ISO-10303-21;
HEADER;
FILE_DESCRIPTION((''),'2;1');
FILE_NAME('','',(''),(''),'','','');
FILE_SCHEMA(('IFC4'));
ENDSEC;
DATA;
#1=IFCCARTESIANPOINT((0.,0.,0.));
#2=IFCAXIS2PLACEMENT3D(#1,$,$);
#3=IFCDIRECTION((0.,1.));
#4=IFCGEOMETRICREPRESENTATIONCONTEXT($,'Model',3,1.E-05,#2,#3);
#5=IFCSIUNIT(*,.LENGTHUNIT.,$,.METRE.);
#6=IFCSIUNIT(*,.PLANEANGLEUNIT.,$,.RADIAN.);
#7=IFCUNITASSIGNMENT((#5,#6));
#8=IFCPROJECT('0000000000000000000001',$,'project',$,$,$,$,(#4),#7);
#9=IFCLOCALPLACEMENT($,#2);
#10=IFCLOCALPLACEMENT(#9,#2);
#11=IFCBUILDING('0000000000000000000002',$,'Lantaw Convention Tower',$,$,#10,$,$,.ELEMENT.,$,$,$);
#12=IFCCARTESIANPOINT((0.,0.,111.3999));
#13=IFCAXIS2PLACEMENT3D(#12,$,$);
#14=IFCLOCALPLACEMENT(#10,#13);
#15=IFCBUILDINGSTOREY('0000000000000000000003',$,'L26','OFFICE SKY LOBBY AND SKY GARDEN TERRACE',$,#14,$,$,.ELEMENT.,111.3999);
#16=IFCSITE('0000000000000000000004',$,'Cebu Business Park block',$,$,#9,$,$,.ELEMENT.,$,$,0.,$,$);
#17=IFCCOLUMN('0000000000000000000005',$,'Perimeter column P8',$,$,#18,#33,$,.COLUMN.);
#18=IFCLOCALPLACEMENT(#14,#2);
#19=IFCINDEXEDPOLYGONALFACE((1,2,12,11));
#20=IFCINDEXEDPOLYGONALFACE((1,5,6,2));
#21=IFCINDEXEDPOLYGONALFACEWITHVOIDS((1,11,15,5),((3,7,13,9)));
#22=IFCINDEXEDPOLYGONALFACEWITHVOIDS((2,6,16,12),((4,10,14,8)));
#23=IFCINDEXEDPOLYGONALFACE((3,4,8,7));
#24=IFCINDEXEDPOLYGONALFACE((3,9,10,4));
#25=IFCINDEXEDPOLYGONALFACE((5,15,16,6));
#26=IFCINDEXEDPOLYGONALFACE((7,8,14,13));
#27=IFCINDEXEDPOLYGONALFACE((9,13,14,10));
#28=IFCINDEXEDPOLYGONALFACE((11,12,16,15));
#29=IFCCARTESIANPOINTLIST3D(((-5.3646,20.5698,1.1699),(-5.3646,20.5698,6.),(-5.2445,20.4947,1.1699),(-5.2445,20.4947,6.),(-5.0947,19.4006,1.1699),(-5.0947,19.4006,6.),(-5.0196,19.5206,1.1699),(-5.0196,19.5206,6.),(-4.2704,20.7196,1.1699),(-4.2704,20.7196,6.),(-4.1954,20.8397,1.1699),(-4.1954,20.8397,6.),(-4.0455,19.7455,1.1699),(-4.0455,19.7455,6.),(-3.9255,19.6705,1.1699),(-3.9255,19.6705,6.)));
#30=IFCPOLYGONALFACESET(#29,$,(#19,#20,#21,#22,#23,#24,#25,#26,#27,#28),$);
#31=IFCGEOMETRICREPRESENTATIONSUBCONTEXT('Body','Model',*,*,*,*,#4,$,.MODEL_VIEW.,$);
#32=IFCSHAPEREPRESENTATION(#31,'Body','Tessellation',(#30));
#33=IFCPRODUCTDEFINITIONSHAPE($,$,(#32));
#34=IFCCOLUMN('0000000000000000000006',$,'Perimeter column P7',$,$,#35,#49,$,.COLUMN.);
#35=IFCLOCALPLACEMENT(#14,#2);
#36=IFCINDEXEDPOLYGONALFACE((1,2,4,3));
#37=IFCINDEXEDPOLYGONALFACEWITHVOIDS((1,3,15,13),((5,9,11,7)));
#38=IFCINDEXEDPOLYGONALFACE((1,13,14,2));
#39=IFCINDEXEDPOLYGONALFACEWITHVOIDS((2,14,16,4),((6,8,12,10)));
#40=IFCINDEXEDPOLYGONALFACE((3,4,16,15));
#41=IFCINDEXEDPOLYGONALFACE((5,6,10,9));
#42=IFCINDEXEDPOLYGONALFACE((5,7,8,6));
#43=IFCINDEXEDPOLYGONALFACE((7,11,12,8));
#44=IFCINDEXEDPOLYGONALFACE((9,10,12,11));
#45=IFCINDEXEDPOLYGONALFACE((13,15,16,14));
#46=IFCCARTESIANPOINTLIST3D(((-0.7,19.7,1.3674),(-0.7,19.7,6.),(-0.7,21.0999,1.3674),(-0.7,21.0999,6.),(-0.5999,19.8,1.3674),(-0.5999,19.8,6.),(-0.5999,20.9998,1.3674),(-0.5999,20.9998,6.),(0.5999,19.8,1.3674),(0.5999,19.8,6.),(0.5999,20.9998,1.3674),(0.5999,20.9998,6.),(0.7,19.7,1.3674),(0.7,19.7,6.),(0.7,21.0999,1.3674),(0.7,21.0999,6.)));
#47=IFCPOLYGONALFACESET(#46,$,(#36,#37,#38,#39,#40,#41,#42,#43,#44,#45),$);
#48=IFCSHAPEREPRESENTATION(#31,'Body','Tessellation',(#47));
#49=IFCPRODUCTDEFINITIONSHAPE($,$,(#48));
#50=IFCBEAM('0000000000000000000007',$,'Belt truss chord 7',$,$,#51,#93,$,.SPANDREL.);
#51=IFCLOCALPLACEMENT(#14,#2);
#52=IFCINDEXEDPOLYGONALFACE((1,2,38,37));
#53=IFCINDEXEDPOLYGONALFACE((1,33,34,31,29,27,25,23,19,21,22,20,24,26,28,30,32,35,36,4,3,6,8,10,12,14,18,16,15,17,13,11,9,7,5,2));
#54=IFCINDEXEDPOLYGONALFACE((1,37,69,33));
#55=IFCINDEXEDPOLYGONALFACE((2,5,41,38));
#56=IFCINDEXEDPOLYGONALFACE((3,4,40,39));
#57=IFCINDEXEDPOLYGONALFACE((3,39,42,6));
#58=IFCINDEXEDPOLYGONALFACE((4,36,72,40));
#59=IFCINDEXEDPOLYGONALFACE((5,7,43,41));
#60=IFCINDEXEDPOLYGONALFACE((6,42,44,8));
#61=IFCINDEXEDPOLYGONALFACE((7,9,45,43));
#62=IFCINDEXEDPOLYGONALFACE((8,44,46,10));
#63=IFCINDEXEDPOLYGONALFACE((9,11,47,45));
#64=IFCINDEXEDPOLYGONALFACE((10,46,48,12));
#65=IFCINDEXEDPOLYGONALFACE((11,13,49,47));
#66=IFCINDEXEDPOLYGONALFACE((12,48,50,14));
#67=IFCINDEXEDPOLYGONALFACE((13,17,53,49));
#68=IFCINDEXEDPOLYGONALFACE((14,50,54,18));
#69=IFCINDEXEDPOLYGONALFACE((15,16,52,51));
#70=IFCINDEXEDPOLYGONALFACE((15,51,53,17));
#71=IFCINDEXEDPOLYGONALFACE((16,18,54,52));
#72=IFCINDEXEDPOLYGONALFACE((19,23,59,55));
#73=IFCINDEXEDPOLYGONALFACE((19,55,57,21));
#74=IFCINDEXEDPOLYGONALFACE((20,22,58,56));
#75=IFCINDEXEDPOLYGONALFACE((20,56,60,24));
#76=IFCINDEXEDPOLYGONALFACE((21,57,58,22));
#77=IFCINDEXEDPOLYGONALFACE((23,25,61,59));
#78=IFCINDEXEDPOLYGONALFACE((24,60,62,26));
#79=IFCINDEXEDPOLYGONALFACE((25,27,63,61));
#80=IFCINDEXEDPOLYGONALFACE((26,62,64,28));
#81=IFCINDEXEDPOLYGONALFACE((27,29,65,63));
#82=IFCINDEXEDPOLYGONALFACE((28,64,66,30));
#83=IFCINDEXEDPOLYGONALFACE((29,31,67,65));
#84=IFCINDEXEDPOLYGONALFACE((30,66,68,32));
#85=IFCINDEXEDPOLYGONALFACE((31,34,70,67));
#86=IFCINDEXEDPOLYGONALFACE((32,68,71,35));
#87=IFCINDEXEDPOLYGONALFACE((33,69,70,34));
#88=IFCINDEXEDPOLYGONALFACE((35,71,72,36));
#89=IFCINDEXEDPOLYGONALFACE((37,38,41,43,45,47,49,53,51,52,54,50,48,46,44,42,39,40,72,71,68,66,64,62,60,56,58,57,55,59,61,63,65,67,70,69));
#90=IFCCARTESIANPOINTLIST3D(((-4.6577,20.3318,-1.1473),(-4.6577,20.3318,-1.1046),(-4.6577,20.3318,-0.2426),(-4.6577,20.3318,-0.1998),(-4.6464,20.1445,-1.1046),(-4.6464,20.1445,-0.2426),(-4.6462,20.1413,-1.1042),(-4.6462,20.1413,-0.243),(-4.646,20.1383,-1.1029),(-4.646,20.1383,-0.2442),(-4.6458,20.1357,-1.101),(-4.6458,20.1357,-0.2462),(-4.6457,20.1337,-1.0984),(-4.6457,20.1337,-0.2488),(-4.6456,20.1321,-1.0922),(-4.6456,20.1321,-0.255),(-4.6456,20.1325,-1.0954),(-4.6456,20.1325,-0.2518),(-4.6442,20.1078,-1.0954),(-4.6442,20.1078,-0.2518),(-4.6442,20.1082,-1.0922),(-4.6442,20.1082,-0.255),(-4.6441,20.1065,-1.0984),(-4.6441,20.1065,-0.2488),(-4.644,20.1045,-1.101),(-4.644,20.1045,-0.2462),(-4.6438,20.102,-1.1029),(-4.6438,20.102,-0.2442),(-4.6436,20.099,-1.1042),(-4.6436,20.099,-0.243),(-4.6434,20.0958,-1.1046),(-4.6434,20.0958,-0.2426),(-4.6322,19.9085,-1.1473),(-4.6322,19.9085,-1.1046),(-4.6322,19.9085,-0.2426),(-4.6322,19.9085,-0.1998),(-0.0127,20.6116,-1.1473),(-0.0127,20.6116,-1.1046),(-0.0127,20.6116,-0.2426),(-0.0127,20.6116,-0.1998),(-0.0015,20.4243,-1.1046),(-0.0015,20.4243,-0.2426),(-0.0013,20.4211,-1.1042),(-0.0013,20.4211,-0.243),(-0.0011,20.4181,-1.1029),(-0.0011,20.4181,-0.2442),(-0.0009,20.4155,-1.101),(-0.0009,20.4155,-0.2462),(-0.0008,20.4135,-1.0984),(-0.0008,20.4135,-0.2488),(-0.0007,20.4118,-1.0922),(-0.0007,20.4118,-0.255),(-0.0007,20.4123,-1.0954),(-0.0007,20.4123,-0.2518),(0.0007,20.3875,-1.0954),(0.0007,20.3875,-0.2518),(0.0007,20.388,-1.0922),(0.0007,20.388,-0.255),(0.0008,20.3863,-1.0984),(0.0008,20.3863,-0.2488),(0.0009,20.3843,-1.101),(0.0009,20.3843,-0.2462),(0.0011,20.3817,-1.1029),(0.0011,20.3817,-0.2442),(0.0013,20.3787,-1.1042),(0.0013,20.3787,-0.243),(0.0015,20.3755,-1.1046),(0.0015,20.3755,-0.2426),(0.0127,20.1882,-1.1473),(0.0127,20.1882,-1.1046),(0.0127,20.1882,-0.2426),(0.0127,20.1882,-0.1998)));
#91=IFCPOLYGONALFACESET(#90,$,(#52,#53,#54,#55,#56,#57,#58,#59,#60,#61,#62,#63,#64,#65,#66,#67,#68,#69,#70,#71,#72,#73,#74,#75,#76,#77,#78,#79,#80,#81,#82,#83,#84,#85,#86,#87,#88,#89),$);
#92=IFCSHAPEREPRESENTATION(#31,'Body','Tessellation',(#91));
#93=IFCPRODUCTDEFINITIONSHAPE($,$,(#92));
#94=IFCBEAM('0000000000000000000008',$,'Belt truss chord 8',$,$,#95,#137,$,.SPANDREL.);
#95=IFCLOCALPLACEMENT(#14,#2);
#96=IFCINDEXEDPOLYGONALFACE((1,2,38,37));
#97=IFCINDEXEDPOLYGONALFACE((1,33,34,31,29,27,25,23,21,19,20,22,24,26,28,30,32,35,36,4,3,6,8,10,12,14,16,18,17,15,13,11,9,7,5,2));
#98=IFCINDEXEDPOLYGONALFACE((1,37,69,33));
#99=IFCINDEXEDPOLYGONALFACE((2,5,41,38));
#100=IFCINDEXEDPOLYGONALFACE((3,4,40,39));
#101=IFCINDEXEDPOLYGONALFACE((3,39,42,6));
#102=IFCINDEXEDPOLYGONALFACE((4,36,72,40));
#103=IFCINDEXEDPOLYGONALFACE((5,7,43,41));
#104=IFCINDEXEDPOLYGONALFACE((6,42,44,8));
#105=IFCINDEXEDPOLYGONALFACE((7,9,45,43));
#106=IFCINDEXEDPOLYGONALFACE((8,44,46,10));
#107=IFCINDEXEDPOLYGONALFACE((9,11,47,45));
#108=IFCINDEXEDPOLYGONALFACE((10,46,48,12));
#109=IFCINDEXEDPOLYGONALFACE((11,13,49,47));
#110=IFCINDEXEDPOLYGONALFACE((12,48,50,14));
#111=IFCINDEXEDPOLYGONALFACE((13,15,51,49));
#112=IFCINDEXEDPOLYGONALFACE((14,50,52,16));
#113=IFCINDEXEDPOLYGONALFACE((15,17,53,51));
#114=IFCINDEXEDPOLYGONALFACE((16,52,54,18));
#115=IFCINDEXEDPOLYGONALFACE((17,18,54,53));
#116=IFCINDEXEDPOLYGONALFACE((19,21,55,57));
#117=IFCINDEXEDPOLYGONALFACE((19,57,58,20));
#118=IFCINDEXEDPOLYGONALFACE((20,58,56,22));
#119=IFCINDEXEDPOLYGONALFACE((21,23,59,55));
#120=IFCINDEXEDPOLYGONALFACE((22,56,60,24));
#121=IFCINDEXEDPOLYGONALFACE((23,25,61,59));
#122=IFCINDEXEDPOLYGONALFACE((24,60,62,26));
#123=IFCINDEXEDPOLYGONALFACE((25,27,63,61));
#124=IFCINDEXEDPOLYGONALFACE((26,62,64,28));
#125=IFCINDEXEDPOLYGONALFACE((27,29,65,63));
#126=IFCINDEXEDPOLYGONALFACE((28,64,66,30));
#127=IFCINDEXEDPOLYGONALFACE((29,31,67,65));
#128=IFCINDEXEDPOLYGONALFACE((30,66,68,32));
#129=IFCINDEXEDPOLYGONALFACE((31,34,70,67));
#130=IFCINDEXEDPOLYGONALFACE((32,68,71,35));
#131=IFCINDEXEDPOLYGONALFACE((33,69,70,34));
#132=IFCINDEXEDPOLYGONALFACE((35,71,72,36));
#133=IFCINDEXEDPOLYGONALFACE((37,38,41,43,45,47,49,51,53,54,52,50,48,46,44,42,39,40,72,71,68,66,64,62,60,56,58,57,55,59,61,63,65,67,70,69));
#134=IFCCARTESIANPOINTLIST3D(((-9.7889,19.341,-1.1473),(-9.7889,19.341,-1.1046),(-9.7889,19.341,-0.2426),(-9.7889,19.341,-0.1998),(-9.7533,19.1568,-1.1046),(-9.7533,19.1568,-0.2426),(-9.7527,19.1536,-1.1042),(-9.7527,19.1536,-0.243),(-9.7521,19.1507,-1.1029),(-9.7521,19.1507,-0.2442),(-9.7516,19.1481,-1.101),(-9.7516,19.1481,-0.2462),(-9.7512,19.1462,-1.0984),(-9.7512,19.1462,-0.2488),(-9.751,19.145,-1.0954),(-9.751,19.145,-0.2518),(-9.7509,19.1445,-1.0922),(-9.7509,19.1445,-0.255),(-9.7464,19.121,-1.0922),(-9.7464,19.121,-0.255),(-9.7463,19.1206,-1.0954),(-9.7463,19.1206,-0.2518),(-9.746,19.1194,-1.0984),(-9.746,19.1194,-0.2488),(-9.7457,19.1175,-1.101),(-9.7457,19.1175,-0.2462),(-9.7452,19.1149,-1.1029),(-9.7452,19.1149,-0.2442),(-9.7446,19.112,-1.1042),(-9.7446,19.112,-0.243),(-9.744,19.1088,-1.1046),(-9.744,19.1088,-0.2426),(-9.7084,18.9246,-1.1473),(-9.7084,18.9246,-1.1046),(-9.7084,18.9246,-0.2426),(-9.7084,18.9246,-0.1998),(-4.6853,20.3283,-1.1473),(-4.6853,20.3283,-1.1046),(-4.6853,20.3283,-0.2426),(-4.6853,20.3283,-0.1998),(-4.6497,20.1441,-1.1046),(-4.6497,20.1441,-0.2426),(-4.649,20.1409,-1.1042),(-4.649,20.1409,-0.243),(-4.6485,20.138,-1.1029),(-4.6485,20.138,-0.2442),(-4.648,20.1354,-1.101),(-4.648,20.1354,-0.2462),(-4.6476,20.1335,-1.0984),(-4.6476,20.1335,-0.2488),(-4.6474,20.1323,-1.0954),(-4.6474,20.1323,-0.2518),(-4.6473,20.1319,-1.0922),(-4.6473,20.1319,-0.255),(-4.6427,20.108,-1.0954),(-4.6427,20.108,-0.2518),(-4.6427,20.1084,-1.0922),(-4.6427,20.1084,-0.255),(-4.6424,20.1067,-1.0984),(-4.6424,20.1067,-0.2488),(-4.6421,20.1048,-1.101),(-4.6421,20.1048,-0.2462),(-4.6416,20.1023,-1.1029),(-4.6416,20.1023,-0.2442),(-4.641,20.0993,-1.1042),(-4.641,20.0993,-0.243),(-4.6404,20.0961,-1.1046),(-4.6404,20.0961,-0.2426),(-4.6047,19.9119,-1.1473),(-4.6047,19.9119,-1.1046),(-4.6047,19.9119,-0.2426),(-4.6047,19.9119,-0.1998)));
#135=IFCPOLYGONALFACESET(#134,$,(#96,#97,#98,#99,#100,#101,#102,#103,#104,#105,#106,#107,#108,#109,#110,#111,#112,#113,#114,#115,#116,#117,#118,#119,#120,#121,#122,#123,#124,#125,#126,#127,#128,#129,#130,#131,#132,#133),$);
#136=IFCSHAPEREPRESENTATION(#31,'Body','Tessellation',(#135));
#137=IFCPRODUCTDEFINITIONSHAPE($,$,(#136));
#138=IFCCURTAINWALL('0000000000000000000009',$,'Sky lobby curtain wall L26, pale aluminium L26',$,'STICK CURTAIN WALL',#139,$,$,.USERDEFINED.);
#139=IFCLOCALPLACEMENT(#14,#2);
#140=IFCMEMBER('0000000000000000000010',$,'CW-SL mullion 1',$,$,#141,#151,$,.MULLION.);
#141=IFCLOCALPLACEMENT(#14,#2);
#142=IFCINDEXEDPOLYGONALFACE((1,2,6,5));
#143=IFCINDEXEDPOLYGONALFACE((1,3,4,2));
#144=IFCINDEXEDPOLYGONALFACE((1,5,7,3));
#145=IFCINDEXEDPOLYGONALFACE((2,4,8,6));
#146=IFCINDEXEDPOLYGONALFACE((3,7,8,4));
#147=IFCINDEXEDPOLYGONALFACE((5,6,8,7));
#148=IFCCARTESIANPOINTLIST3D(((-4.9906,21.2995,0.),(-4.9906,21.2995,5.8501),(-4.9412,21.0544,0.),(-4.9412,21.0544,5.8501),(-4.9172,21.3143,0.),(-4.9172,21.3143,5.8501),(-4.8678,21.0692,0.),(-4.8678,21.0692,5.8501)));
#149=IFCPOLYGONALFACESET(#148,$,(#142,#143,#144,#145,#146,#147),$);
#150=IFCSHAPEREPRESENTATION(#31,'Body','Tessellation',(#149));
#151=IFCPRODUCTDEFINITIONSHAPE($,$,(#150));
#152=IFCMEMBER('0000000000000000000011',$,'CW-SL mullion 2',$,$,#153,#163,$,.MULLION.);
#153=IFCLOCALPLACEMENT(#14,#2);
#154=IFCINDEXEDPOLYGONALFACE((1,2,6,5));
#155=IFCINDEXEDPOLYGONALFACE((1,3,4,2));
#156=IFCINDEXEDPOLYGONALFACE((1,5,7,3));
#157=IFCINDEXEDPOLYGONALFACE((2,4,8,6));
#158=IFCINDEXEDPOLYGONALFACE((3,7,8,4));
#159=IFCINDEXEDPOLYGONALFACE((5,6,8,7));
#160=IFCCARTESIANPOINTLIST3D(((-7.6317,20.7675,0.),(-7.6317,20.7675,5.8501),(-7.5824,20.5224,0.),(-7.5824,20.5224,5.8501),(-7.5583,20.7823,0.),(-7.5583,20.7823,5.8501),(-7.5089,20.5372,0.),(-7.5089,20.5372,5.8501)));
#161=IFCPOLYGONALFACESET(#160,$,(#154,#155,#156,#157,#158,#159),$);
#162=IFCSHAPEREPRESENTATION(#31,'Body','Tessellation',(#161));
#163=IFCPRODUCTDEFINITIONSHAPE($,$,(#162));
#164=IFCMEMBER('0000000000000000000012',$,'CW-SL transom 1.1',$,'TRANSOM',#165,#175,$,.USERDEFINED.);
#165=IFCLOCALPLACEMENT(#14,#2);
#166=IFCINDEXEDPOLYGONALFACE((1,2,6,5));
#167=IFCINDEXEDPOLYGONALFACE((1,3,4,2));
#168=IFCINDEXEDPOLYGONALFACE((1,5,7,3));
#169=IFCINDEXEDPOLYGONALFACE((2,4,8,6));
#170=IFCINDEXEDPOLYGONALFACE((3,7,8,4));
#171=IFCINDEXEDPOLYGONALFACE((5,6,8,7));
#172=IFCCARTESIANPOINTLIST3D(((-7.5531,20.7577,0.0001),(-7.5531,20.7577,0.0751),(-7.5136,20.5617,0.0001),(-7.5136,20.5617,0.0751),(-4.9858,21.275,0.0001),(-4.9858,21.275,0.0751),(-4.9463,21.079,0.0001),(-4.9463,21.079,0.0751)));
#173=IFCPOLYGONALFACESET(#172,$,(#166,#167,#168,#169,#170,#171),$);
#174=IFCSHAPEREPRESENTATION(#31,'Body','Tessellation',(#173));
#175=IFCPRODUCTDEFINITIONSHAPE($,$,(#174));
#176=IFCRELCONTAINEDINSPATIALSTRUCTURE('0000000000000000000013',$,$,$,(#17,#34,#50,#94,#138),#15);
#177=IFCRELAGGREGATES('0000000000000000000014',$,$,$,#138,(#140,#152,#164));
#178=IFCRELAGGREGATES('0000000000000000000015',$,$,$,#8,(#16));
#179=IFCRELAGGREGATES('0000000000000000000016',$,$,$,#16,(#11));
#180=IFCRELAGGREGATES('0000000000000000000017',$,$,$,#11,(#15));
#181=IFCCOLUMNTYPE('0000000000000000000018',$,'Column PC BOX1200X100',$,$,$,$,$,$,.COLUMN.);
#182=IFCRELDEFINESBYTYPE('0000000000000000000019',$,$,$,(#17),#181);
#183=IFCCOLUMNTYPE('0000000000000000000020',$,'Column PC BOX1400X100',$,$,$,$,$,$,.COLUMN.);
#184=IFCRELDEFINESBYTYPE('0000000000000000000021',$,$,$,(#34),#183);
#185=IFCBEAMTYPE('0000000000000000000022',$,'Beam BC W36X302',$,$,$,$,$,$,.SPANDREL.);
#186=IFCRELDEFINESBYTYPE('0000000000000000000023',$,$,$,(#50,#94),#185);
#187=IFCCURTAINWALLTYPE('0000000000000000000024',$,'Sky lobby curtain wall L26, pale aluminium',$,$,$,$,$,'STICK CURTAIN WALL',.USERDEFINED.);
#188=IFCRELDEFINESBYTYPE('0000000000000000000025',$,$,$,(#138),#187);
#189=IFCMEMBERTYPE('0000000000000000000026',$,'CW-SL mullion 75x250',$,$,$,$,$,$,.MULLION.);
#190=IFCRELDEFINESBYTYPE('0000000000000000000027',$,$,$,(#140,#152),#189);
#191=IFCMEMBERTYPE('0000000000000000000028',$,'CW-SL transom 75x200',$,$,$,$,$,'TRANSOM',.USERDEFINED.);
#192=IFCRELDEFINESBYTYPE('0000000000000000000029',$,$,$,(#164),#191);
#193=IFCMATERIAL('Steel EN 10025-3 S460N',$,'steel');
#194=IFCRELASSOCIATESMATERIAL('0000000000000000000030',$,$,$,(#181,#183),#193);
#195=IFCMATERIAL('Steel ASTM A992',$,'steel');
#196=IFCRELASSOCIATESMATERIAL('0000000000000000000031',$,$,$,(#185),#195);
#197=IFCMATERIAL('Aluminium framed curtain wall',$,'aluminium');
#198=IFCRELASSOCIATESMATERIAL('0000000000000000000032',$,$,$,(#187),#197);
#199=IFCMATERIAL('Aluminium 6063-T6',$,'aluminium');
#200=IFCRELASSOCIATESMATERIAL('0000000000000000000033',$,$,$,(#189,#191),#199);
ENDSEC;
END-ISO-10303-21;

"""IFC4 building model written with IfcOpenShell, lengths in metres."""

from ifc_helpers import new_model, si_unit, direction, frame, origin, origin_2d, place, context, subcontext, project, spatial, rectangle, hollow_rectangle, i_section, extrude, material, material_profile, profile_set, type_object, element, aggregate, save


model = new_model("IFC4")

# Units and contexts
model_context = context("Model", 3, precision=1e-05, world=origin(), true_north=direction((0.0, 1.0)))
body_context = subcontext(model_context, "Body", "Model", "MODEL_VIEW")
ifc_project = project(units=[si_unit("LENGTHUNIT", "METRE"), si_unit("PLANEANGLEUNIT", "RADIAN")], contexts=[model_context])

# Site, building, storey
site_placement = place(None, origin())
site = spatial("IfcSite", under=ifc_project, at=site_placement, Name="Cebu Business Park block", CompositionType="ELEMENT", RefElevation=0.0)
building_placement = place(site_placement, origin())
building = spatial("IfcBuilding", under=site, at=building_placement, Name="Lantaw Convention Tower", CompositionType="ELEMENT")
storey_placement = place(building_placement, frame((0.0, 0.0, 111.3999)))
storey = spatial("IfcBuildingStorey", under=building, at=storey_placement, Name="L26", Description="OFFICE SKY LOBBY AND SKY GARDEN TERRACE", CompositionType="ELEMENT", Elevation=111.3999)

# Columns
ifc_material_1 = material(Name="Steel EN 10025-3 S460N", Category="steel")
ifc_material_profile_1 = material_profile(ifc_material_1, hollow_rectangle(XDim=1.2, YDim=1.2, WallThickness=0.1001, at=origin_2d()), Name="BOX1200X100")
ifc_material_2 = material(Name="Concrete C60/75", Category="concrete")
ifc_material_profile_2 = material_profile(ifc_material_2, rectangle(XDim=1.0, YDim=1.0, at=origin_2d()), Name="Concrete fill of BOX1200X100")
ifc_profile_set_1 = profile_set([ifc_material_profile_1, ifc_material_profile_2], Name="Steel EN 10025-3 S460N")
column_type_1 = type_object("IfcColumnType", Name="Column PC BOX1200X100", PredefinedType="COLUMN", material=ifc_profile_set_1)
column_1_placement = place(storey_placement, frame((-4.645, 20.1201, 1.1699), z_axis=(0.0, 0.0, 1.0), x_axis=(0.97437, 0.224951, 0.0)))
element("IfcColumn", 1, at=column_1_placement, inside=storey, type_object=column_type_1, Name="Perimeter column P8", PredefinedType="COLUMN", context=body_context, shape_type="SweptSolid", body=[
    extrude(hollow_rectangle(XDim=1.2, YDim=1.2, WallThickness=0.1001, at=origin_2d()), origin(), (0.0, 0.0, 1.0), 4.8301),
])
ifc_material_profile_3 = material_profile(ifc_material_1, hollow_rectangle(XDim=1.3999, YDim=1.3999, WallThickness=0.1001, at=origin_2d()), Name="BOX1400X100")
ifc_material_profile_4 = material_profile(ifc_material_2, rectangle(XDim=1.2, YDim=1.2, at=origin_2d()), Name="Concrete fill of BOX1400X100")
ifc_profile_set_2 = profile_set([ifc_material_profile_3, ifc_material_profile_4], Name="Steel EN 10025-3 S460N")
column_type_2 = type_object("IfcColumnType", Name="Column PC BOX1400X100", PredefinedType="COLUMN", material=ifc_profile_set_2)
column_2_placement = place(storey_placement, frame((0.0, 20.3999, 1.3674), z_axis=(0.0, 0.0, 1.0), x_axis=(1.0, 0.0, 0.0)))
element("IfcColumn", 2, at=column_2_placement, inside=storey, type_object=column_type_2, Name="Perimeter column P7", PredefinedType="COLUMN", context=body_context, shape_type="SweptSolid", body=[
    extrude(hollow_rectangle(XDim=1.3999, YDim=1.3999, WallThickness=0.1001, at=origin_2d()), origin(), (0.0, 0.0, 1.0), 4.6326),
])

# Beams
ifc_material_3 = material(Name="Steel ASTM A992", Category="steel")
ifc_material_profile_5 = material_profile(ifc_material_3, i_section(OverallWidth=0.4241, OverallDepth=0.9475, WebThickness=0.0239, FlangeThickness=0.0427, FilletRadius=0.0125, at=origin_2d()), Name="W36X302")
ifc_profile_set_3 = profile_set([ifc_material_profile_5], Name="Steel ASTM A992")
beam_type = type_object("IfcBeamType", Name="Beam BC W36X302", PredefinedType="SPANDREL", material=ifc_profile_set_3)
beam_1_placement = place(storey_placement, frame((0.0, 20.3999, -0.6736), z_axis=(-0.998191, -0.060124, 0.0), x_axis=(0.060124, -0.998191, 0.0)))
element("IfcBeam", 3, at=beam_1_placement, inside=storey, type_object=beam_type, Name="Belt truss chord 7", PredefinedType="SPANDREL", context=body_context, shape_type="SweptSolid", body=[
    extrude(i_section(OverallWidth=0.4241, OverallDepth=0.9475, WebThickness=0.0239, FlangeThickness=0.0427, FilletRadius=0.0125, at=origin_2d()), origin(), (0.0, 0.0, 1.0), 4.6533),
])
beam_2_placement = place(storey_placement, frame((-4.645, 20.1201, -0.6736), z_axis=(-0.981797, -0.189934, 0.0), x_axis=(0.189934, -0.981797, 0.0)))
element("IfcBeam", 4, at=beam_2_placement, inside=storey, type_object=beam_type, Name="Belt truss chord 8", PredefinedType="SPANDREL", context=body_context, shape_type="SweptSolid", body=[
    extrude(i_section(OverallWidth=0.4241, OverallDepth=0.9475, WebThickness=0.0239, FlangeThickness=0.0427, FilletRadius=0.0125, at=origin_2d()), origin(), (0.0, 0.0, 1.0), 5.1982),
])

# Curtain wall, members
ifc_material_4 = material(Name="Aluminium framed curtain wall", Category="aluminium")
curtain_wall_type = type_object("IfcCurtainWallType", Name="Sky lobby curtain wall L26, pale aluminium", ElementType="STICK CURTAIN WALL", PredefinedType="USERDEFINED", material=ifc_material_4)
curtain_wall_placement = place(storey_placement, origin())
curtain_wall = element("IfcCurtainWall", 5, at=curtain_wall_placement, inside=storey, type_object=curtain_wall_type, Name="Sky lobby curtain wall L26, pale aluminium L26", ObjectType="STICK CURTAIN WALL", PredefinedType="USERDEFINED")
ifc_material_5 = material(Name="Aluminium 6063-T6", Category="aluminium")
ifc_material_profile_6 = material_profile(ifc_material_5, rectangle(XDim=0.25, YDim=0.075, at=origin_2d()), Name="CW-SL mullion 75x250")
ifc_profile_set_4 = profile_set([ifc_material_profile_6], Name="Aluminium 6063-T6")
member_type_1 = type_object("IfcMemberType", Name="CW-SL mullion 75x250", PredefinedType="MULLION", material=ifc_profile_set_4)
member_1_placement = place(storey_placement, frame((-4.9292, 21.1843, 0.0), z_axis=(0.0, 0.0, 1.0), x_axis=(0.197507, -0.980302, 0.0)))
member_1 = element("IfcMember", 6, at=member_1_placement, type_object=member_type_1, Name="CW-SL mullion 1", PredefinedType="MULLION", context=body_context, shape_type="SweptSolid", body=[
    extrude(rectangle(XDim=0.25, YDim=0.075, at=origin_2d()), origin(), (0.0, 0.0, 1.0), 5.8501),
])
member_2_placement = place(storey_placement, frame((-7.5703, 20.6523, 0.0), z_axis=(0.0, 0.0, 1.0), x_axis=(0.197507, -0.980302, 0.0)))
member_2 = element("IfcMember", 7, at=member_2_placement, type_object=member_type_1, Name="CW-SL mullion 2", PredefinedType="MULLION", context=body_context, shape_type="SweptSolid", body=[
    extrude(rectangle(XDim=0.25, YDim=0.075, at=origin_2d()), origin(), (0.0, 0.0, 1.0), 5.8501),
])
ifc_material_profile_7 = material_profile(ifc_material_5, rectangle(XDim=0.2, YDim=0.075, at=origin_2d()), Name="CW-SL transom 75x200")
ifc_profile_set_5 = profile_set([ifc_material_profile_7], Name="Aluminium 6063-T6")
member_type_2 = type_object("IfcMemberType", Name="CW-SL transom 75x200", ElementType="TRANSOM", PredefinedType="USERDEFINED", material=ifc_profile_set_5)
member_3_placement = place(storey_placement, frame((-4.9661, 21.177, 0.0376), z_axis=(-0.980296, -0.197532, 0.0), x_axis=(0.197532, -0.980296, 0.0)))
member_3 = element("IfcMember", 8, at=member_3_placement, type_object=member_type_2, Name="CW-SL transom 1.1", ObjectType="TRANSOM", PredefinedType="USERDEFINED", context=body_context, shape_type="SweptSolid", body=[
    extrude(rectangle(XDim=0.2, YDim=0.075, at=origin_2d()), origin(), (0.0, 0.0, 1.0), 2.6189),
])
aggregate(curtain_wall, [member_1, member_2, member_3])

save(model, "model.ifc")
